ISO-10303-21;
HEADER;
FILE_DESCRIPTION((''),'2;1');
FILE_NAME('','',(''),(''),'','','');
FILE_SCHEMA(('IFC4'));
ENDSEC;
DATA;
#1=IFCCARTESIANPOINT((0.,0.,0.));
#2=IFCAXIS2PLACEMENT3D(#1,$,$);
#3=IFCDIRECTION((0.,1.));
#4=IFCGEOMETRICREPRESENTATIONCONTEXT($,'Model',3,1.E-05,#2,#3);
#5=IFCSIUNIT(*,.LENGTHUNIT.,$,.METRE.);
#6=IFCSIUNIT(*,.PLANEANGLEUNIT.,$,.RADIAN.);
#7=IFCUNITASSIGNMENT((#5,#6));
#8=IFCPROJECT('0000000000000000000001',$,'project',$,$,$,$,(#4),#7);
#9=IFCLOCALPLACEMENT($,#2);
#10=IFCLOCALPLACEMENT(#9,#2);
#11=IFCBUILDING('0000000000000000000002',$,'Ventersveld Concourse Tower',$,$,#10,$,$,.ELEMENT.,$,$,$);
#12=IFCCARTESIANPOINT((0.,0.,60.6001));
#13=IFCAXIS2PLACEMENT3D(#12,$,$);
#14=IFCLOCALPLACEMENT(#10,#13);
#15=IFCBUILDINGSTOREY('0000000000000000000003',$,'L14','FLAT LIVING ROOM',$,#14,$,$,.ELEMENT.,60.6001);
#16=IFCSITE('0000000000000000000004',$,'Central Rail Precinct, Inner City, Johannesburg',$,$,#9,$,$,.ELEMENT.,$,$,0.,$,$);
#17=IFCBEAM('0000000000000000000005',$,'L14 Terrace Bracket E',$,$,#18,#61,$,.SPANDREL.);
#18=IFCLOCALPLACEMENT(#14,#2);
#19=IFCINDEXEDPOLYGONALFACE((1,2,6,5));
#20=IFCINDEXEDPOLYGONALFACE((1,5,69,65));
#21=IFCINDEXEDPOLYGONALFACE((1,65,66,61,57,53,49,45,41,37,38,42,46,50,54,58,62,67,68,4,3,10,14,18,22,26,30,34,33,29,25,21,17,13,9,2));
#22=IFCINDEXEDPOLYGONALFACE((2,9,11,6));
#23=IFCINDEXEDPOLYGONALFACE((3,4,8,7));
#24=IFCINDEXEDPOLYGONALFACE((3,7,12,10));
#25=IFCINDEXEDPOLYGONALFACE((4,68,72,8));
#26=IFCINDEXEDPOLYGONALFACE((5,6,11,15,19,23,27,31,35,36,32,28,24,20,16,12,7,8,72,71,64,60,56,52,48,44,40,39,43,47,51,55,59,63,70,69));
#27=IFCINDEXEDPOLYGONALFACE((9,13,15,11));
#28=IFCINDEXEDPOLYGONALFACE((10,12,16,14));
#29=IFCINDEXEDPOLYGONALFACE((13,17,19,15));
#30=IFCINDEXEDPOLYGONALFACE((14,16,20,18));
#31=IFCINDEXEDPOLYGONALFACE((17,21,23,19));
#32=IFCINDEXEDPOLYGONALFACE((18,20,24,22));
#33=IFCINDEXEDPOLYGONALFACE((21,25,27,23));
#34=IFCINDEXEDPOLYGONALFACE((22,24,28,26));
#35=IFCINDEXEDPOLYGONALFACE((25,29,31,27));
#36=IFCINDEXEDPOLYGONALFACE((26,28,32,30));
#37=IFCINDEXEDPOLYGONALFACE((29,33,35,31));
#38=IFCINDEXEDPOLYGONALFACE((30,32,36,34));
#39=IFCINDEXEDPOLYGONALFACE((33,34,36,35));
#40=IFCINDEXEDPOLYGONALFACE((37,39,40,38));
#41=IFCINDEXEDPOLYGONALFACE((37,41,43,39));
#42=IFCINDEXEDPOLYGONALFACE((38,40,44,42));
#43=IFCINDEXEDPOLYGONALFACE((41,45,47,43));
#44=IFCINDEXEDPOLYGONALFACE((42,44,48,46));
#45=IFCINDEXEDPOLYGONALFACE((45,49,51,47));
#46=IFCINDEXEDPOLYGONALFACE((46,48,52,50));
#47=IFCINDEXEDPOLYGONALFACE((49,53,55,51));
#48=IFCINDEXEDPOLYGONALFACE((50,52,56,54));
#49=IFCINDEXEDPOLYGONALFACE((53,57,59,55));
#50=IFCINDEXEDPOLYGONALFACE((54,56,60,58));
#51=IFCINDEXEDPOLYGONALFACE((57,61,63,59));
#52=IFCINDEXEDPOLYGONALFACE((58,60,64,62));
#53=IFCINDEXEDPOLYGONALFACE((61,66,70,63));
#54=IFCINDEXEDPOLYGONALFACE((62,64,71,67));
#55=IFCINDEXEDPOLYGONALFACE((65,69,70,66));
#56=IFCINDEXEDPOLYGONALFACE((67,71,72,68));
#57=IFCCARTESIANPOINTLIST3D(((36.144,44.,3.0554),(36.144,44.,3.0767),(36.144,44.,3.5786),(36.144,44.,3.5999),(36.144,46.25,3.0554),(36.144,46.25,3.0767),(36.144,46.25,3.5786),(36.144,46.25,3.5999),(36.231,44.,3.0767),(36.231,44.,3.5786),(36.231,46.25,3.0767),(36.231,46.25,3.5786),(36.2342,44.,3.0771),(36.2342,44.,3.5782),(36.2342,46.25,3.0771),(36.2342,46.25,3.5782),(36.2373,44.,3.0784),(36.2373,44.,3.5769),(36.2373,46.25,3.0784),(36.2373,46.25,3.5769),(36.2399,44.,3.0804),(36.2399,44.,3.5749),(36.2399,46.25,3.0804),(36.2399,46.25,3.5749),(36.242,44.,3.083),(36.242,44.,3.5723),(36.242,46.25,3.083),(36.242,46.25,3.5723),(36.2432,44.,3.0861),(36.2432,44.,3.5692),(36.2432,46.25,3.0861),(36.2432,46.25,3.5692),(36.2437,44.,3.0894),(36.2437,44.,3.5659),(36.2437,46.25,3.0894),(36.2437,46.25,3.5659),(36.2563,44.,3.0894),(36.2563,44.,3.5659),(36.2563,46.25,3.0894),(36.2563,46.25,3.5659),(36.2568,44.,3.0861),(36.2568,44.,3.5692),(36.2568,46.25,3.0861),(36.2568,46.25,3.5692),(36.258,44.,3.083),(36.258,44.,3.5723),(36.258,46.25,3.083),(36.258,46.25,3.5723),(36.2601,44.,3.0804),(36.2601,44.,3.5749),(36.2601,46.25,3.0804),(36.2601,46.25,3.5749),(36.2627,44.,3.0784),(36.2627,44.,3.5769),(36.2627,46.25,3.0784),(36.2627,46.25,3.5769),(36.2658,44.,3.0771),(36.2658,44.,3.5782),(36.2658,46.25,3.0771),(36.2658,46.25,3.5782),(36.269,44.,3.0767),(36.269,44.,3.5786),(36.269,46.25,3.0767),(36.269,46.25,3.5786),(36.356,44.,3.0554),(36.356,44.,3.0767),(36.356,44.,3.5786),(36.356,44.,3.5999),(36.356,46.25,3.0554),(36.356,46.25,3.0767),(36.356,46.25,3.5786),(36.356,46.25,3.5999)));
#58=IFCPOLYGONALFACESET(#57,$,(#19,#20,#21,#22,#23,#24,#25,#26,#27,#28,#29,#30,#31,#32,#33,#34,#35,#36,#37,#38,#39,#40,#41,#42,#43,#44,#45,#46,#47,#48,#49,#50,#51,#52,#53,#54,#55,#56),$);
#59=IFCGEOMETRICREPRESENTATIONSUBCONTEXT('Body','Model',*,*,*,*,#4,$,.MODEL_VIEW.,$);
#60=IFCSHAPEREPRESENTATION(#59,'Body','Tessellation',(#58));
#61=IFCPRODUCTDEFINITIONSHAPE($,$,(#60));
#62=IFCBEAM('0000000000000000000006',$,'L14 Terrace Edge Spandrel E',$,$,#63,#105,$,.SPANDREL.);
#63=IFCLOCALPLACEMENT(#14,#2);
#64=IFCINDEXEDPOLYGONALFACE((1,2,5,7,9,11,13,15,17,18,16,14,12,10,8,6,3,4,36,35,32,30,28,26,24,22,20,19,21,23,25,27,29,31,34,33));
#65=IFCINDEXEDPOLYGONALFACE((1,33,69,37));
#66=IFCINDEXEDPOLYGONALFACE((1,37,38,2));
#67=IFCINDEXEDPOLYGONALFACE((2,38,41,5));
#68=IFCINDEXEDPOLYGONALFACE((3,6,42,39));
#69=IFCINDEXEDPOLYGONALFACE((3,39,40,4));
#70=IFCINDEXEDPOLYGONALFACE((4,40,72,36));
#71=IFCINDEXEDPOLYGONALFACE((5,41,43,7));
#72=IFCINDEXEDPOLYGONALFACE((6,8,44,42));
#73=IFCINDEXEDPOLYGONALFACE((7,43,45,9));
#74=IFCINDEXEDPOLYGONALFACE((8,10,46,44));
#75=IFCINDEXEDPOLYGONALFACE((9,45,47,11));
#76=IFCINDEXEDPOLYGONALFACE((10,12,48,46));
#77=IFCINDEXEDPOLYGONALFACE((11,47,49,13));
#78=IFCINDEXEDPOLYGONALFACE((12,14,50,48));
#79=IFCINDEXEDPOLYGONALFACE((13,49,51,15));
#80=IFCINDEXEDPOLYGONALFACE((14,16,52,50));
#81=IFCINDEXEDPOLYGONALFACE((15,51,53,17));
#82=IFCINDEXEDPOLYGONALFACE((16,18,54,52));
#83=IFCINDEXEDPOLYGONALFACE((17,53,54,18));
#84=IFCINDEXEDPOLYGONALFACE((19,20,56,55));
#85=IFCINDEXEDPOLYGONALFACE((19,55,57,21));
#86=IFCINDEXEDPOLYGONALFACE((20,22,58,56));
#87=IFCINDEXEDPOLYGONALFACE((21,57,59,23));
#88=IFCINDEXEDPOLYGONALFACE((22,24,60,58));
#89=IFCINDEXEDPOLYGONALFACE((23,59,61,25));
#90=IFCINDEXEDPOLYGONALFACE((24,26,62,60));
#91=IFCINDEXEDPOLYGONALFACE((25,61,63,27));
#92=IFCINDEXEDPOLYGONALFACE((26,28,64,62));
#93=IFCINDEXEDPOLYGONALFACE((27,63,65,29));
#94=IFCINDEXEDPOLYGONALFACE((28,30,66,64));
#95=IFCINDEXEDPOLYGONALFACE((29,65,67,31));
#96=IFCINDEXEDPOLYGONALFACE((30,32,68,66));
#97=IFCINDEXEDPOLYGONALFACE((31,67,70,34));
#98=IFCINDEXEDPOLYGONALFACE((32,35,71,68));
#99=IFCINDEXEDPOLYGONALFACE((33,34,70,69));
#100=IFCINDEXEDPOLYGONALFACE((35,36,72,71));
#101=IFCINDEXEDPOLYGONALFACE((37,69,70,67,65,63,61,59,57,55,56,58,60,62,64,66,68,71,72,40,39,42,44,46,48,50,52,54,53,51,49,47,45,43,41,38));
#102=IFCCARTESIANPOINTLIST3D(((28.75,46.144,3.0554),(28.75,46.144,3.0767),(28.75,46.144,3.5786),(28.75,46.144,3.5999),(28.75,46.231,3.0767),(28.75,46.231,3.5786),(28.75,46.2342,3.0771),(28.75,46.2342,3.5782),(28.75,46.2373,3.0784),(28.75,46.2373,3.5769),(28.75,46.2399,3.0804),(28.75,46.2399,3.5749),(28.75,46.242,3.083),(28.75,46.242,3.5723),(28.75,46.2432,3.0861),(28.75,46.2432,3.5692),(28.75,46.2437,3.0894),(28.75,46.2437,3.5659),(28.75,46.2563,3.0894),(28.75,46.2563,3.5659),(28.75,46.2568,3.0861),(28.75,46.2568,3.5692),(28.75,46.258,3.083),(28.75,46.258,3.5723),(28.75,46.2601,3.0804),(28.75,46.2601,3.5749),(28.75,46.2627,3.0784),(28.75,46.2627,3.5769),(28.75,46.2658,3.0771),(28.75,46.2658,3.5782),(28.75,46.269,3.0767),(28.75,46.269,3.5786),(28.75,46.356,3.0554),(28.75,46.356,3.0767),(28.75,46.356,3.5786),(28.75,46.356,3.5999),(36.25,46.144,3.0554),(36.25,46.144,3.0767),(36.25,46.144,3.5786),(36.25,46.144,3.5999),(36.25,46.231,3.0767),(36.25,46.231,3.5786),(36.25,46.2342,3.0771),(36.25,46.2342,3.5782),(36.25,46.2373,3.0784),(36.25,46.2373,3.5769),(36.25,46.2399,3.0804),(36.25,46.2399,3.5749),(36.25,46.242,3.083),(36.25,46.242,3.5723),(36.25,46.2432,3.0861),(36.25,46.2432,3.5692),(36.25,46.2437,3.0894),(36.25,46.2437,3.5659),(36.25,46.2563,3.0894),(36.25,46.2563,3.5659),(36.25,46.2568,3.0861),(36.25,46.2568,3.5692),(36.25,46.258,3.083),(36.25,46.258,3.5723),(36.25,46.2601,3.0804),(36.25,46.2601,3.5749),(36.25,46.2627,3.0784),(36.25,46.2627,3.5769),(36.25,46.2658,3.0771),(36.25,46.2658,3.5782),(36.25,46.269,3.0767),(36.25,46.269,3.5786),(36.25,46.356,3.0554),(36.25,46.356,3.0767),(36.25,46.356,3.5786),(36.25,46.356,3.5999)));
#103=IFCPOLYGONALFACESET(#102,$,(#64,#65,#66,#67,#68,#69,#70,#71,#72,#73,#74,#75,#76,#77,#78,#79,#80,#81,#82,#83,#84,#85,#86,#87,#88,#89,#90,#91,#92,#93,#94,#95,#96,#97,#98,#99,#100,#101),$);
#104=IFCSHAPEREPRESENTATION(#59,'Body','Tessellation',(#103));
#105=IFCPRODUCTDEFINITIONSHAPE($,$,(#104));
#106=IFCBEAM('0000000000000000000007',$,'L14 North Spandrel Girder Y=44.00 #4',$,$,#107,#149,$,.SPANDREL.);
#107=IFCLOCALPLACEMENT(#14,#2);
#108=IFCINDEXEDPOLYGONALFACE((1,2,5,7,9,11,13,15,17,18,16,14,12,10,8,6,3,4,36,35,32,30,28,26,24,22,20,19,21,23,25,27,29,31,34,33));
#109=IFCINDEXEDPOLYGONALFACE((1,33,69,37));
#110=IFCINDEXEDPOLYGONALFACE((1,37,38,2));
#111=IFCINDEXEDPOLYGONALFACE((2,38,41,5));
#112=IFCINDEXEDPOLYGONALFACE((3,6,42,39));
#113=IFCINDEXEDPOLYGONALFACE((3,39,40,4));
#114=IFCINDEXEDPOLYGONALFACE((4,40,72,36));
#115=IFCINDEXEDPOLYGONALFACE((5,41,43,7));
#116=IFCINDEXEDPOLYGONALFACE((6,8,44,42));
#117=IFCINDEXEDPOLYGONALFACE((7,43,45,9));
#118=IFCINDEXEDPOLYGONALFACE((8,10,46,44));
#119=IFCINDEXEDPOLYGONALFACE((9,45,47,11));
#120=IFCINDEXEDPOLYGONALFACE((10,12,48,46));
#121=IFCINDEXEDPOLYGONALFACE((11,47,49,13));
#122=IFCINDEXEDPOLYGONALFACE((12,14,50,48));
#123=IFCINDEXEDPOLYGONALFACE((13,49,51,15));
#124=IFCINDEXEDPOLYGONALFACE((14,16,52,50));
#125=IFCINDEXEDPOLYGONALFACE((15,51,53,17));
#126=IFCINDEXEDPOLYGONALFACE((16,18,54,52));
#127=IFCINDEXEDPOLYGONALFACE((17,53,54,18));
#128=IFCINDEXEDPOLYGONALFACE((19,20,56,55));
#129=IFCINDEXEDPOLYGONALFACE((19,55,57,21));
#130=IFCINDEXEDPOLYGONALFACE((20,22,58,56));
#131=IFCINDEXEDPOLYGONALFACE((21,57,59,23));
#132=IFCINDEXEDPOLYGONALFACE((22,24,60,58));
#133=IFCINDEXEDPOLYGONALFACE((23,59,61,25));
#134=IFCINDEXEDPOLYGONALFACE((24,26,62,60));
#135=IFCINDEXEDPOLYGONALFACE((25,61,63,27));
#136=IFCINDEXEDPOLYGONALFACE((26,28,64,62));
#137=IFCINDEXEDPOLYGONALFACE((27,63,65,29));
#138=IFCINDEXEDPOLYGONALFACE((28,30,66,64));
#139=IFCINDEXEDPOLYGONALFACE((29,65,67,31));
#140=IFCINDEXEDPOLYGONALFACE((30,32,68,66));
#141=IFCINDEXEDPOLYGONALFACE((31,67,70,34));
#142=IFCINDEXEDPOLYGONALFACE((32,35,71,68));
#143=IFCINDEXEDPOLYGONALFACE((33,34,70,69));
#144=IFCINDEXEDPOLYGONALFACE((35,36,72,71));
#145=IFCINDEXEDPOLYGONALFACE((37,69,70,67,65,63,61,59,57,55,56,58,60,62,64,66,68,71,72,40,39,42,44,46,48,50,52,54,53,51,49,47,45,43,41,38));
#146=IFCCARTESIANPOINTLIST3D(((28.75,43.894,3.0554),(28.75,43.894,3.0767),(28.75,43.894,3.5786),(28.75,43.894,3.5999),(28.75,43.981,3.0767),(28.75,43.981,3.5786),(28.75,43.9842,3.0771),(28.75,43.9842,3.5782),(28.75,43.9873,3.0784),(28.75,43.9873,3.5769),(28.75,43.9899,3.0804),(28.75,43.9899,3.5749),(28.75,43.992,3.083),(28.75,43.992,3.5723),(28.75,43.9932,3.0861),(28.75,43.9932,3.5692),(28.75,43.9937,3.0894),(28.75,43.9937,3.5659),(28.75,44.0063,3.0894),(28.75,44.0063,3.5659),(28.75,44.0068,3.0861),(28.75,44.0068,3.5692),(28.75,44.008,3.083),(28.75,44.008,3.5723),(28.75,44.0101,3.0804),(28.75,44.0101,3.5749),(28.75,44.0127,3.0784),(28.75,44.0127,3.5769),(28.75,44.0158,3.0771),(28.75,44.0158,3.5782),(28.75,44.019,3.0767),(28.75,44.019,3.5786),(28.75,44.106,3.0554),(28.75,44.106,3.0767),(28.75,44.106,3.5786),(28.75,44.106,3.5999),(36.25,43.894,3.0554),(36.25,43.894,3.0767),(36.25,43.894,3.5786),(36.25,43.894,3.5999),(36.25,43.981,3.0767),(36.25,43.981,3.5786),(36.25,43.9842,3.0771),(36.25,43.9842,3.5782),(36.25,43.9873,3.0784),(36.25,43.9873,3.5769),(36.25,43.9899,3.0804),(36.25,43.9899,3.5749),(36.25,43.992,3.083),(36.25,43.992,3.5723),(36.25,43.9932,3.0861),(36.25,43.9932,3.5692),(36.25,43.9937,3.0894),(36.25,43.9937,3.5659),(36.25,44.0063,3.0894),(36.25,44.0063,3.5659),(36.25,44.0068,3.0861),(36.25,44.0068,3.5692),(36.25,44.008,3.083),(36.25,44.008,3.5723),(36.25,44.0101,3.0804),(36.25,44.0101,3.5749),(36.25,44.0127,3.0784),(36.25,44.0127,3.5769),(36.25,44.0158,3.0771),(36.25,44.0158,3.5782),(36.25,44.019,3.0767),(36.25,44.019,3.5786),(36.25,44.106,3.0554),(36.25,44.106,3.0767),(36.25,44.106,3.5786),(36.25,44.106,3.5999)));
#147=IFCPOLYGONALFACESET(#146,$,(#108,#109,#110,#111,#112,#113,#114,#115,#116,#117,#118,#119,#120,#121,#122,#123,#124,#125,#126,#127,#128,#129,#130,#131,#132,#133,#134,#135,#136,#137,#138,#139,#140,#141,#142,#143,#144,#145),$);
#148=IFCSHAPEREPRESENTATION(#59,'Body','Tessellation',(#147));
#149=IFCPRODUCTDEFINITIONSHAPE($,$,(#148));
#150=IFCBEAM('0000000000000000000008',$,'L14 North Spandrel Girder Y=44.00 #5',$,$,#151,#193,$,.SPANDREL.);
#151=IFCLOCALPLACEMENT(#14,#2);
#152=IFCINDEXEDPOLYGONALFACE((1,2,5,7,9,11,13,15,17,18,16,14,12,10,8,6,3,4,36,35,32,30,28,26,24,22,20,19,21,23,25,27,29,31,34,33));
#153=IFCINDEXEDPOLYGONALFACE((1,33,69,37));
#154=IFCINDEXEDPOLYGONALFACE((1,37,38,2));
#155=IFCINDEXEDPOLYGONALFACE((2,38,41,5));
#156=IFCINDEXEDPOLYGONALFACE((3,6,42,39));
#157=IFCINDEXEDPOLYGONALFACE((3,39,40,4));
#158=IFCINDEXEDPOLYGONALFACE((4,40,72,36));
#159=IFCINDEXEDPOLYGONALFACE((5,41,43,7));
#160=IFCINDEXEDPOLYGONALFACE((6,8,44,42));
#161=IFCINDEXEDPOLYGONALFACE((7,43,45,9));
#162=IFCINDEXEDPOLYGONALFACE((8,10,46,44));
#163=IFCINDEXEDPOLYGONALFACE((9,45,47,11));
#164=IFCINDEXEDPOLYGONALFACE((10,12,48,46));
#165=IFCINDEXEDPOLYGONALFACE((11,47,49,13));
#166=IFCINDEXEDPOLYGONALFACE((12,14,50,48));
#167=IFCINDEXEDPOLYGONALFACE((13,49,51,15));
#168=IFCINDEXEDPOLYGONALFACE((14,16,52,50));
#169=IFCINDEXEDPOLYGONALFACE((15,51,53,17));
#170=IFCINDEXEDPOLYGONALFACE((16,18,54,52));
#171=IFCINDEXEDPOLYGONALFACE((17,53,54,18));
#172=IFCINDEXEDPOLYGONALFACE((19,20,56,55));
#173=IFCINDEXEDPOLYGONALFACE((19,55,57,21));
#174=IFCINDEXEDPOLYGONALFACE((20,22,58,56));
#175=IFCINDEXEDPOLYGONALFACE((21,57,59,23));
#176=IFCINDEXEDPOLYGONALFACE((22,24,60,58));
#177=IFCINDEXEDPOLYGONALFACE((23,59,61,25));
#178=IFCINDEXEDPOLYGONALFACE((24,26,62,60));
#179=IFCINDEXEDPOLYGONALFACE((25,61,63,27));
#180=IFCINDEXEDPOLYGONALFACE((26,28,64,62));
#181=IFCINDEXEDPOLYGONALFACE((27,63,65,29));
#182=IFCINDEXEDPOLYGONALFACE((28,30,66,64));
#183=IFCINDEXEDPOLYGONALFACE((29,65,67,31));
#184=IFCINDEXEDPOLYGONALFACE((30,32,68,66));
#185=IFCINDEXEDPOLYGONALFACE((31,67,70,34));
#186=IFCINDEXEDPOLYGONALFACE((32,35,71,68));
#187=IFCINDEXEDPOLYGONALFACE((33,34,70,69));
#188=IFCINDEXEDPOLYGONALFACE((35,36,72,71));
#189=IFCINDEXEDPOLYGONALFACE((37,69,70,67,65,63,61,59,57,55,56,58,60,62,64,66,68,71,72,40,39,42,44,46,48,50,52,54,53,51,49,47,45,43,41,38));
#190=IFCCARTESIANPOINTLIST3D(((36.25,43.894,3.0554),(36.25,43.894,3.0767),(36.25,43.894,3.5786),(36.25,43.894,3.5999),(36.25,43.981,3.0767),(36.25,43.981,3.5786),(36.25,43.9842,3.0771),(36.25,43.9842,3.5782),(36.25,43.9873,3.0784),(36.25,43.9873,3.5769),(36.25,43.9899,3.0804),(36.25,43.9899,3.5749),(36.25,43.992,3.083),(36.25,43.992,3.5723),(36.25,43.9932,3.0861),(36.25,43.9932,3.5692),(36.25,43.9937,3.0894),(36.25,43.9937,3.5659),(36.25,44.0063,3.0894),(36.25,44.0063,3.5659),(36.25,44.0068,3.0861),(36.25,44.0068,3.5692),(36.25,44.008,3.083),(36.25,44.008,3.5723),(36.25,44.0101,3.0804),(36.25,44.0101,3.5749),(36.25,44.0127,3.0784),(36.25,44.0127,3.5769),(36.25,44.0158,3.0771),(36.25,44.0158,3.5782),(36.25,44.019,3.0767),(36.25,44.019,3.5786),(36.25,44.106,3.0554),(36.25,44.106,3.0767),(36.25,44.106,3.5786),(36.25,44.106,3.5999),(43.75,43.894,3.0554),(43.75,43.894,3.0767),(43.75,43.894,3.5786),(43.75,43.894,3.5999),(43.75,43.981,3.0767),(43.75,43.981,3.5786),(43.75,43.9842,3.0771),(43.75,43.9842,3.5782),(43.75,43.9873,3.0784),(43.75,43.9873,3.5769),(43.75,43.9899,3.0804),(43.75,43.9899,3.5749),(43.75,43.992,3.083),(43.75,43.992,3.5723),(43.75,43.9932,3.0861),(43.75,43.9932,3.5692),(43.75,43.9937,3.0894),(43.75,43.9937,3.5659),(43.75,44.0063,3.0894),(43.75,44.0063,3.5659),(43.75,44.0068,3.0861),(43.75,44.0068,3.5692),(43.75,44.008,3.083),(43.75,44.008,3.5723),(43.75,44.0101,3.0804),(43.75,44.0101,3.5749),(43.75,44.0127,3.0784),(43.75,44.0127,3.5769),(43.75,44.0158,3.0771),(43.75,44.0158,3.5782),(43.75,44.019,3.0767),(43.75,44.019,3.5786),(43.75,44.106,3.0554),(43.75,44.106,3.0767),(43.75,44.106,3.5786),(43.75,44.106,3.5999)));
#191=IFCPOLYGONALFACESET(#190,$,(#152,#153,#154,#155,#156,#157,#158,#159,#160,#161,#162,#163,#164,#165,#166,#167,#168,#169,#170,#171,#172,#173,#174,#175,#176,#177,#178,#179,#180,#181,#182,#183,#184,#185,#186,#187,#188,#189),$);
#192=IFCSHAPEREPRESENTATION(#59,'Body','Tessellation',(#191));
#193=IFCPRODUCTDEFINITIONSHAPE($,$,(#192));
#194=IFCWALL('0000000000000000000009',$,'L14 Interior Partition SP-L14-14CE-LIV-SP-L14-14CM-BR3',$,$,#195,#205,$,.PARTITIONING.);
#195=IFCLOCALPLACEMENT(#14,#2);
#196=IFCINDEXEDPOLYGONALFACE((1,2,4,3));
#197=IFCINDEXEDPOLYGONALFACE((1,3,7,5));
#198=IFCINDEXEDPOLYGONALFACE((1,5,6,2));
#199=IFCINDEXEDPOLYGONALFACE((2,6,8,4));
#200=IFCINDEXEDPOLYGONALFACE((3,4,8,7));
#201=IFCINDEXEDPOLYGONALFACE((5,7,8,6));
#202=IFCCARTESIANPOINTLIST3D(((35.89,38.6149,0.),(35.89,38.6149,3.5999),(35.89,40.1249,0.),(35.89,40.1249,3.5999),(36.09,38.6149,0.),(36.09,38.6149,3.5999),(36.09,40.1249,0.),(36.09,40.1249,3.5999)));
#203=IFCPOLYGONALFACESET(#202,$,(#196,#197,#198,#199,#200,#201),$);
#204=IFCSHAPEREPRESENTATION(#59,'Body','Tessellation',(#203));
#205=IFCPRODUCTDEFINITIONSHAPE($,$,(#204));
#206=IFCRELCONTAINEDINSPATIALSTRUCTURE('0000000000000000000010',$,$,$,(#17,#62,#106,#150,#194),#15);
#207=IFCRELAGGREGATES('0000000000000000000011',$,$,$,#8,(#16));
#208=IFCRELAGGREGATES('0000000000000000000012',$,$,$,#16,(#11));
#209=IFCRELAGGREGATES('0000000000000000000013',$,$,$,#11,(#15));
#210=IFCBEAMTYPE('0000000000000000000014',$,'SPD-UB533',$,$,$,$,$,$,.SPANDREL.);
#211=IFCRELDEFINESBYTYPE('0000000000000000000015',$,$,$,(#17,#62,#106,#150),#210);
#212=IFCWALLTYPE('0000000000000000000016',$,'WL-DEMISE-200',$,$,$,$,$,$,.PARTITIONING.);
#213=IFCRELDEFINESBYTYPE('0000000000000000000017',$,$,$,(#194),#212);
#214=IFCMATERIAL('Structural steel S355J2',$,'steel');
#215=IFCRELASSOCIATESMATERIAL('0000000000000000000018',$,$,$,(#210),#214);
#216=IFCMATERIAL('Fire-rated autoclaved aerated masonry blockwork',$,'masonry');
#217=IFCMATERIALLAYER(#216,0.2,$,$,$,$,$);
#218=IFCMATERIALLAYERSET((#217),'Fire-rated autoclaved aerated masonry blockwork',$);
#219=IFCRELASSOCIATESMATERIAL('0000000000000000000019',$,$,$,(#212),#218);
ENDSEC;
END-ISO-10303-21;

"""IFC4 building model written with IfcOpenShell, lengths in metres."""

from ifc_helpers import new_model, si_unit, direction, frame, frame_2d, origin, origin_2d, place, context, subcontext, project, spatial, rectangle, i_section, extrude, material, layer, layer_set, material_profile, profile_set, type_object, element, save


model = new_model("IFC4")

# Units and contexts
model_context = context("Model", 3, precision=1e-05, world=origin(), true_north=direction((0.0, 1.0)))
body_context = subcontext(model_context, "Body", "Model", "MODEL_VIEW")
ifc_project = project(units=[si_unit("LENGTHUNIT", "METRE"), si_unit("PLANEANGLEUNIT", "RADIAN")], contexts=[model_context])

# Site, building, storey
site_placement = place(None, origin())
site = spatial("IfcSite", under=ifc_project, at=site_placement, Name="Central Rail Precinct, Inner City, Johannesburg", CompositionType="ELEMENT", RefElevation=0.0)
building_placement = place(site_placement, origin())
building = spatial("IfcBuilding", under=site, at=building_placement, Name="Ventersveld Concourse Tower", CompositionType="ELEMENT")
storey_placement = place(building_placement, frame((0.0, 0.0, 60.6001)))
storey = spatial("IfcBuildingStorey", under=building, at=storey_placement, Name="L14", Description="FLAT LIVING ROOM", CompositionType="ELEMENT", Elevation=60.6001)

# Beams
ifc_material_1 = material(Name="Structural steel S355J2", Category="steel")
ifc_material_profile_1 = material_profile(ifc_material_1, i_section(OverallWidth=0.2119, OverallDepth=0.5444, WebThickness=0.0127, FlangeThickness=0.0212, FilletRadius=0.0127, at=origin_2d()), Name="UB 533x210x122")
ifc_profile_set_1 = profile_set([ifc_material_profile_1], Name="Structural steel S355J2")
beam_type_1 = type_object("IfcBeamType", Name="SPD-UB533", PredefinedType="SPANDREL", material=ifc_profile_set_1)
for number, where, z_axis, x_axis, name in (
    (1, (36.25, 44.0, 3.3276), (0.0, 1.0, 0.0), (-1.0, 0.0, 0.0), "L14 Terrace Bracket E"),
):
    element("IfcBeam", number, at=place(storey_placement, frame(where, z_axis=z_axis, x_axis=x_axis)), inside=storey, type_object=beam_type_1, Name=name, PredefinedType="SPANDREL", context=body_context, shape_type="SweptSolid", body=[
        extrude(i_section(OverallWidth=0.2119, OverallDepth=0.5444, WebThickness=0.0127, FlangeThickness=0.0212, FilletRadius=0.0127, at=origin_2d()), origin(), (0.0, 0.0, 1.0), 2.25),
    ])
for number, where, z_axis, x_axis, name in (
    (2, (28.75, 46.25, 3.3276), (1.0, 0.0, 0.0), (0.0, 1.0, 0.0), "L14 Terrace Edge Spandrel E"),
    (3, (28.75, 44.0, 3.3276), (1.0, 0.0, 0.0), (0.0, 1.0, 0.0), "L14 North Spandrel Girder Y=44.00 #4"),
    (4, (36.25, 44.0, 3.3276), (1.0, 0.0, 0.0), (0.0, 1.0, 0.0), "L14 North Spandrel Girder Y=44.00 #5"),
):
    element("IfcBeam", number, at=place(storey_placement, frame(where, z_axis=z_axis, x_axis=x_axis)), inside=storey, type_object=beam_type_1, Name=name, PredefinedType="SPANDREL", context=body_context, shape_type="SweptSolid", body=[
        extrude(i_section(OverallWidth=0.2119, OverallDepth=0.5444, WebThickness=0.0127, FlangeThickness=0.0212, FilletRadius=0.0127, at=origin_2d()), origin(), (0.0, 0.0, 1.0), 7.5),
    ])

# Wall
ifc_material_2 = material(Name="Fire-rated autoclaved aerated masonry blockwork", Category="masonry")
ifc_layer_1 = layer(ifc_material_2, 0.2)
ifc_layer_set_1 = layer_set([ifc_layer_1], Name="Fire-rated autoclaved aerated masonry blockwork")
wall_type_1 = type_object("IfcWallType", Name="WL-DEMISE-200", PredefinedType="PARTITIONING", material=ifc_layer_set_1)
wall_1_placement = place(storey_placement, frame((35.99, 38.615, 0.0), z_axis=(0.0, 0.0, 1.0), x_axis=(0.0, 1.0, 0.0)))
element("IfcWall", 5, at=wall_1_placement, inside=storey, type_object=wall_type_1, Name="L14 Interior Partition SP-L14-14CE-LIV-SP-L14-14CM-BR3", PredefinedType="PARTITIONING", context=body_context, shape_type="SweptSolid", body=[
    extrude(rectangle(XDim=1.51, YDim=0.2, at=frame_2d((0.7549, 0.0))), origin(), (0.0, 0.0, 1.0), 3.5999),
])

save(model, "model.ifc")
